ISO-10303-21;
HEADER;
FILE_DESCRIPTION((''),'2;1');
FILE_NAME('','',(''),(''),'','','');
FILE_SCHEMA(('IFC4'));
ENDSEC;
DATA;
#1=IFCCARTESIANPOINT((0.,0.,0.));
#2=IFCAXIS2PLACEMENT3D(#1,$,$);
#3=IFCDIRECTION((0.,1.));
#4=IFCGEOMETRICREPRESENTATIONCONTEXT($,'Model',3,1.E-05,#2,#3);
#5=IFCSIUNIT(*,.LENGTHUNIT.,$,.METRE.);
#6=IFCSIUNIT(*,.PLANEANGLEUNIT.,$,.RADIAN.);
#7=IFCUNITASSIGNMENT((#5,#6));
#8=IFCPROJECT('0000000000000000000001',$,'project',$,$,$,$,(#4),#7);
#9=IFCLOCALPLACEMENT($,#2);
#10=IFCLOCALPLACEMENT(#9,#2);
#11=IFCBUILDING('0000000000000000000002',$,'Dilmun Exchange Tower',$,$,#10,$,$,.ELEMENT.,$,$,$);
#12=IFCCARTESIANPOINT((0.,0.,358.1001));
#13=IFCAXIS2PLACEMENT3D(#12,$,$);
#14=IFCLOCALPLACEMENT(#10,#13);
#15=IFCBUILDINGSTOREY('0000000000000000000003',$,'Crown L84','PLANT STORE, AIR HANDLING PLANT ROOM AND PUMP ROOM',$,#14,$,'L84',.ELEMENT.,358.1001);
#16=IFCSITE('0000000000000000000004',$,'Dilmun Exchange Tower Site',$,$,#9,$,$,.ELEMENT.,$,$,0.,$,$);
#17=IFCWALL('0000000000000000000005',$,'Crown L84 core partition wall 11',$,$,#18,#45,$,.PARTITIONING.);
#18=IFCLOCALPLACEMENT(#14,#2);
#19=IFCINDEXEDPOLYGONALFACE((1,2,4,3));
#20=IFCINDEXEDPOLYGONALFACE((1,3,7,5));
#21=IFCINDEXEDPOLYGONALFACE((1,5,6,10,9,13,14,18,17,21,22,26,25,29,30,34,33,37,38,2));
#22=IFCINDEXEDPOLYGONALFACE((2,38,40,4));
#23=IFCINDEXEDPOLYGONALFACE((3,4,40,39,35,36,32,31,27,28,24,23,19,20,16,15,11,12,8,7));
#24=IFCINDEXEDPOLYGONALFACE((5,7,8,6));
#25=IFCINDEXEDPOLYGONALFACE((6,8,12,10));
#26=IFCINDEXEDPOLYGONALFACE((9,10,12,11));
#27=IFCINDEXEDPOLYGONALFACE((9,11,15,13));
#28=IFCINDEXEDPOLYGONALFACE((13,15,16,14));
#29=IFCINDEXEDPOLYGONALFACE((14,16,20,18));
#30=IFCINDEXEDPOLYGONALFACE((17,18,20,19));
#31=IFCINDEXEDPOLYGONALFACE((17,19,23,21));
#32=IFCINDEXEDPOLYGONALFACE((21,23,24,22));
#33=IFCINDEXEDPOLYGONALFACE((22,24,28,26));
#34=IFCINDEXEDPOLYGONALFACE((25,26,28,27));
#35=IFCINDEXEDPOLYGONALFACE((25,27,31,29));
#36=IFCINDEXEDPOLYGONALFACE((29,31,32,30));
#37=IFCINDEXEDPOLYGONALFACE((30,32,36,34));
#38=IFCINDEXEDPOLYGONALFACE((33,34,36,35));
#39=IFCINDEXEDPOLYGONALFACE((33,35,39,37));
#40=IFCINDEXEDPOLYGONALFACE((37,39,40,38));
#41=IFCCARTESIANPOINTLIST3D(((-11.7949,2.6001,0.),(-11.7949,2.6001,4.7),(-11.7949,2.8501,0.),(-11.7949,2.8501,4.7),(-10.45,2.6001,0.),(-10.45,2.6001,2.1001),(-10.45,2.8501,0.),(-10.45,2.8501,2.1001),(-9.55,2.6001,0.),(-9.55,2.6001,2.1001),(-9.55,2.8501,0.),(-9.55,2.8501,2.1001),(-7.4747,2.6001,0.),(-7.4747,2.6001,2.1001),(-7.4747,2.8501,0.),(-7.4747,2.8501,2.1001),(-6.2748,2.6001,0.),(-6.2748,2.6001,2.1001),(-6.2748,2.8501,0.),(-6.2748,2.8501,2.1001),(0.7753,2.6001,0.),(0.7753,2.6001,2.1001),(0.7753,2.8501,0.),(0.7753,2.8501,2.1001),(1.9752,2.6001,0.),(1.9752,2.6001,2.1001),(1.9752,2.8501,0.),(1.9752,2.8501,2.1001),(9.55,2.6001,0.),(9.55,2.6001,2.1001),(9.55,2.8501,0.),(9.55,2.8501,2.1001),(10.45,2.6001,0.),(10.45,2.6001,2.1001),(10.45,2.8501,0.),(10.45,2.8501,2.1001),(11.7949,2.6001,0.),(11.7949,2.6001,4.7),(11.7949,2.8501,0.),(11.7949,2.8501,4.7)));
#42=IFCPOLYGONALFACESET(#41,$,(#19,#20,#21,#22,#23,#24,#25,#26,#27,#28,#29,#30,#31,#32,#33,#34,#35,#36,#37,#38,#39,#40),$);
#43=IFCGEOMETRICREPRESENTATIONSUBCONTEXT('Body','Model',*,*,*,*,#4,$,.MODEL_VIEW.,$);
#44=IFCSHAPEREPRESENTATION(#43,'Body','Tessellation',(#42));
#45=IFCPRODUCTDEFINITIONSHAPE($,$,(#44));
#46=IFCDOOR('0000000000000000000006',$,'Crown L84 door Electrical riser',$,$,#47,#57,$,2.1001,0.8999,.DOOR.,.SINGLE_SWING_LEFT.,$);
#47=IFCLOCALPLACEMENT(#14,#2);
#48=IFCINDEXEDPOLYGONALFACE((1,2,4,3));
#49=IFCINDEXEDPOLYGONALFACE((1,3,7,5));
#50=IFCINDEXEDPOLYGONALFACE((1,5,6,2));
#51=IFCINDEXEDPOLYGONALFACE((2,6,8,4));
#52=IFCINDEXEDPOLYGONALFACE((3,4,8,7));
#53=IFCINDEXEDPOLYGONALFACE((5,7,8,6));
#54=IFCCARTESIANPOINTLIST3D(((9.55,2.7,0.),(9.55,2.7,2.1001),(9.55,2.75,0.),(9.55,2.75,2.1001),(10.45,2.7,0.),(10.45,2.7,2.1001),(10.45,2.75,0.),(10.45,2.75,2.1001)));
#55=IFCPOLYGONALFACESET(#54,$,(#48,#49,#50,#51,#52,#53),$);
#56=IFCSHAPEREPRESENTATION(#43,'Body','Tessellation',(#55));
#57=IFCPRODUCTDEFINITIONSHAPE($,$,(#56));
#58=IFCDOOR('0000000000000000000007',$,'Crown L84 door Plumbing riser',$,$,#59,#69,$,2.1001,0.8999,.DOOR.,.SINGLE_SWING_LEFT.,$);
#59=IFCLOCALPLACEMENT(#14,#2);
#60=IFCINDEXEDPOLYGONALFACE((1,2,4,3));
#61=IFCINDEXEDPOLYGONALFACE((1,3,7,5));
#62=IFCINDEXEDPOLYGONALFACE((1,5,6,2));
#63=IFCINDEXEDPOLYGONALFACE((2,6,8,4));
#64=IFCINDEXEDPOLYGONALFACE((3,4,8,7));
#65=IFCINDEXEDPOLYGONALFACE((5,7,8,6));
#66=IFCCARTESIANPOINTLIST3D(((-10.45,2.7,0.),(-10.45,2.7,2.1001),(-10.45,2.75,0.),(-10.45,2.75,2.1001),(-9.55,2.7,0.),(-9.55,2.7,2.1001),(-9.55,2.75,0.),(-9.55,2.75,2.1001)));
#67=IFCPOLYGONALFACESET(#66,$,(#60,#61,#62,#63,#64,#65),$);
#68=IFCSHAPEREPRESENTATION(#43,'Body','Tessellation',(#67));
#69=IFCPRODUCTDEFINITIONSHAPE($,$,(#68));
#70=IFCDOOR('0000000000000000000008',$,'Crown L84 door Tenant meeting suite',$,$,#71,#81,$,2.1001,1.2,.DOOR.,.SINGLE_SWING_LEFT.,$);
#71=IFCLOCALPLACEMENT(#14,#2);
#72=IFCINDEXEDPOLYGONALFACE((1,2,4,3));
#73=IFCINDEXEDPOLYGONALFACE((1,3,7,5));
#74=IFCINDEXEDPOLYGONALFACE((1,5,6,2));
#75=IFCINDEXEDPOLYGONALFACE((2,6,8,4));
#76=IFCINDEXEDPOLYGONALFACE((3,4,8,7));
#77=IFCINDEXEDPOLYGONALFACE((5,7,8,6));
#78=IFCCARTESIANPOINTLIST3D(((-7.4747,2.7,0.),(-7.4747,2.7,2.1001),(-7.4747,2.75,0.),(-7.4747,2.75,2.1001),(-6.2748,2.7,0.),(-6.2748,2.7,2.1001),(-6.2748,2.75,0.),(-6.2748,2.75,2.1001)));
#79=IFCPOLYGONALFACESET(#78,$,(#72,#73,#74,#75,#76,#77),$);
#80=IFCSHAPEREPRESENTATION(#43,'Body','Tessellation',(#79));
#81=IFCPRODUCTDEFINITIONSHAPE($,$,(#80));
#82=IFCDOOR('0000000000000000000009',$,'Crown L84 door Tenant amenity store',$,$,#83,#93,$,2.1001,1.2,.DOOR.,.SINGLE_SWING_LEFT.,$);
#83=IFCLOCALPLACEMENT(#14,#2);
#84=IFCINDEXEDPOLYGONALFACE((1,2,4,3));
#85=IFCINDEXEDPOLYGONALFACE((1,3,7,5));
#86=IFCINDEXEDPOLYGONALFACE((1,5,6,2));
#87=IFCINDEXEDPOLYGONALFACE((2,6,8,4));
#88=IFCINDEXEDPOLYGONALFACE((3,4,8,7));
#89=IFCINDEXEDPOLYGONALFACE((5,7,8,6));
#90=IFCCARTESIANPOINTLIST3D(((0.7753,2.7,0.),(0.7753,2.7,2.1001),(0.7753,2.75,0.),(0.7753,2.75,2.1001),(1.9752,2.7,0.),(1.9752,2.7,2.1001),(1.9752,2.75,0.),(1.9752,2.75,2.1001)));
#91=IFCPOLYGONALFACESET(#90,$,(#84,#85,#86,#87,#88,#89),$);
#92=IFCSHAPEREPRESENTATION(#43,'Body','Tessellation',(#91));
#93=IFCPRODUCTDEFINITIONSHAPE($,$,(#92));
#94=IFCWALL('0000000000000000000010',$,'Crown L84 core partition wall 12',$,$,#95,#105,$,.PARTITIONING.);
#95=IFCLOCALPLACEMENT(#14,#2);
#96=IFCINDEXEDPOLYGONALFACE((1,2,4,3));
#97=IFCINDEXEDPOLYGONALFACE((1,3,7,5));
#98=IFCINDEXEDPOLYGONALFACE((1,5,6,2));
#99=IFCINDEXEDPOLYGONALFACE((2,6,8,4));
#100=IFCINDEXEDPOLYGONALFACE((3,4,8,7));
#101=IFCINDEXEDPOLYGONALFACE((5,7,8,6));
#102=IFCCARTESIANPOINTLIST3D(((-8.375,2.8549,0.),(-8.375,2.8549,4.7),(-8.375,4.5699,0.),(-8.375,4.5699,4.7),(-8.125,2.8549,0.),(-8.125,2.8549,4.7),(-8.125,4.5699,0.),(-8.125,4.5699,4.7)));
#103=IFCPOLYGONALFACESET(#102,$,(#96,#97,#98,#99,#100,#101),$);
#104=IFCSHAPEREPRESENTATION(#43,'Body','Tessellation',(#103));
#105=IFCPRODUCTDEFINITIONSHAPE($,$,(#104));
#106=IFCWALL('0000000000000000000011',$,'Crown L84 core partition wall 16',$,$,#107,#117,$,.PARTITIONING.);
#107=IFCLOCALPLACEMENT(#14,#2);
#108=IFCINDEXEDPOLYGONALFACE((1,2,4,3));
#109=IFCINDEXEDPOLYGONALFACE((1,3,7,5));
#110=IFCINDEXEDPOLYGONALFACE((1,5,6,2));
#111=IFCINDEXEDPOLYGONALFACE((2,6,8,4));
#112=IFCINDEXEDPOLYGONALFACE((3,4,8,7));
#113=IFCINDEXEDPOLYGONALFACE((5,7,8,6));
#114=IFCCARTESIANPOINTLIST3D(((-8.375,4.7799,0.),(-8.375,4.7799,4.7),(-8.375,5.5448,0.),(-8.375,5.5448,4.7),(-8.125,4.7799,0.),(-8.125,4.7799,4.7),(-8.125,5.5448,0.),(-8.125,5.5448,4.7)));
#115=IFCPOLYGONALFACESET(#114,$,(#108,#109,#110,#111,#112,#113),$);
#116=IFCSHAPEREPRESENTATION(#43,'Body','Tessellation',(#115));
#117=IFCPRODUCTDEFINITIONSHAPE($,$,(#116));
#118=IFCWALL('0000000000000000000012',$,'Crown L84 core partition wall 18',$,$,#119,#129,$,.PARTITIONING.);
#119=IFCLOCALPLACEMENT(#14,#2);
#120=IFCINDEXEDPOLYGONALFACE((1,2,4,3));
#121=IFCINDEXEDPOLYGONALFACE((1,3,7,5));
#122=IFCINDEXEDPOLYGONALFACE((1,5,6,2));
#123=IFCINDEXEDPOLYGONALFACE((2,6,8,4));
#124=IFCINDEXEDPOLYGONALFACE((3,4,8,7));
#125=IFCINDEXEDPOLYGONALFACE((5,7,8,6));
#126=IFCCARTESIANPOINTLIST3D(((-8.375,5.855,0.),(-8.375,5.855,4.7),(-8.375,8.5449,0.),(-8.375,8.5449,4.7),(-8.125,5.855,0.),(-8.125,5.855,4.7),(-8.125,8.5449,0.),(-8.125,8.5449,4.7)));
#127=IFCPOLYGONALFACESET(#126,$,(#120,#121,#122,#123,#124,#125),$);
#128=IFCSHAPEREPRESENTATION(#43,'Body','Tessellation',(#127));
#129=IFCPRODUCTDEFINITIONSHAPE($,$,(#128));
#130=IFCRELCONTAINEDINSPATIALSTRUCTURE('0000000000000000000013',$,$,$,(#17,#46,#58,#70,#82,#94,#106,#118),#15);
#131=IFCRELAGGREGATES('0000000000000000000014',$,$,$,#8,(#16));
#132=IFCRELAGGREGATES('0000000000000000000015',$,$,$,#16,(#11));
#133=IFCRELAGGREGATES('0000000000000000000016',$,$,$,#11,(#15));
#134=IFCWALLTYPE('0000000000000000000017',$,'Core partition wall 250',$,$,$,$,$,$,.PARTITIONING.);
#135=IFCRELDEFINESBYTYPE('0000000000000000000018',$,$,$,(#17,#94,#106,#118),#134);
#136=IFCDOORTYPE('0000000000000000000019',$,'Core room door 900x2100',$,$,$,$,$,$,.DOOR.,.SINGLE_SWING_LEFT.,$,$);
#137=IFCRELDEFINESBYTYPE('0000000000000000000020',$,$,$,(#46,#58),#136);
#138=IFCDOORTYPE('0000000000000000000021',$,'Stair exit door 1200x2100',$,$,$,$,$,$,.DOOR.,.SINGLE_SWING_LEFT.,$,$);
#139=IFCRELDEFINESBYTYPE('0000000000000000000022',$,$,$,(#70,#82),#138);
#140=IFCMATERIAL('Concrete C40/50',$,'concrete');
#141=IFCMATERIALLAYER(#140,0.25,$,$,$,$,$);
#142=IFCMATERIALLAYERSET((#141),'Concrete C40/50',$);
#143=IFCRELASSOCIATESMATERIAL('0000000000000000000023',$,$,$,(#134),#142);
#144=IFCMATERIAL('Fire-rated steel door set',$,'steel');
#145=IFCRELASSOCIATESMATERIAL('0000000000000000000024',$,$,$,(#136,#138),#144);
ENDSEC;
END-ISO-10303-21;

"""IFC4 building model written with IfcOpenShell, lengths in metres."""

from ifc_helpers import new_model, si_unit, direction, frame, frame_2d, origin, place, context, subcontext, project, spatial, rectangle, extrude, material, layer, layer_set, type_object, element, fill, save


model = new_model("IFC4")

# Units and contexts
model_context = context("Model", 3, precision=1e-05, world=origin(), true_north=direction((0.0, 1.0)))
body_context = subcontext(model_context, "Body", "Model", "MODEL_VIEW")
ifc_project = project(units=[si_unit("LENGTHUNIT", "METRE"), si_unit("PLANEANGLEUNIT", "RADIAN")], contexts=[model_context])

# Site, building, storey
site_placement = place(None, origin())
site = spatial("IfcSite", under=ifc_project, at=site_placement, Name="Dilmun Exchange Tower Site", CompositionType="ELEMENT", RefElevation=0.0)
building_placement = place(site_placement, origin())
building = spatial("IfcBuilding", under=site, at=building_placement, Name="Dilmun Exchange Tower", CompositionType="ELEMENT")
storey_placement = place(building_placement, frame((0.0, 0.0, 358.1001)))
storey = spatial("IfcBuildingStorey", under=building, at=storey_placement, Name="Crown L84", Description="PLANT STORE, AIR HANDLING PLANT ROOM AND PUMP ROOM", LongName="L84", CompositionType="ELEMENT", Elevation=358.1001)

# Shared definitions
ifc_material_1 = material(Name="Concrete C40/50", Category="concrete")

# Wall, openings, doors
ifc_layer_1 = layer(ifc_material_1, 0.25)
ifc_layer_set_1 = layer_set([ifc_layer_1], Name="Concrete C40/50")
wall_type_1 = type_object("IfcWallType", Name="Core partition wall 250", PredefinedType="PARTITIONING", material=ifc_layer_set_1)
ifc_material_2 = material(Name="Fire-rated steel door set", Category="steel")
wall_1_placement = place(storey_placement, frame((-11.7949, 2.7251, 0.0), z_axis=(0.0, 0.0, 1.0), x_axis=(1.0, 0.0, 0.0)))
wall_1 = element("IfcWall", 1, at=wall_1_placement, inside=storey, type_object=wall_type_1, Name="Crown L84 core partition wall 11", PredefinedType="PARTITIONING", context=body_context, shape_type="SweptSolid", body=[
    extrude(rectangle(XDim=23.5898, YDim=0.25, at=frame_2d((11.7949, 0.0))), origin(), (0.0, 0.0, 1.0), 4.7),
])
opening_1_placement = place(wall_1_placement, frame((21.345, 0.0, 0.0)))
opening_1 = element("IfcOpeningElement", 2, at=opening_1_placement, cuts=wall_1, PredefinedType="OPENING", context=body_context, shape_type="SweptSolid", body=[
    extrude(rectangle(XDim=0.8999, YDim=2.1001, at=frame_2d((0.45, 1.05))), frame((0.0, 0.135, 0.0), z_axis=(0.0, -1.0, 0.0), x_axis=(1.0, 0.0, 0.0)), (0.0, 0.0, 1.0), 0.27),
])
opening_2_placement = place(wall_1_placement, frame((1.345, 0.0, 0.0)))
opening_2 = element("IfcOpeningElement", 3, at=opening_2_placement, cuts=wall_1, PredefinedType="OPENING", context=body_context, shape_type="SweptSolid", body=[
    extrude(rectangle(XDim=0.8999, YDim=2.1001, at=frame_2d((0.45, 1.05))), frame((0.0, 0.135, 0.0), z_axis=(0.0, -1.0, 0.0), x_axis=(1.0, 0.0, 0.0)), (0.0, 0.0, 1.0), 0.27),
])
opening_3_placement = place(wall_1_placement, frame((4.3201, 0.0, 0.0)))
opening_3 = element("IfcOpeningElement", 4, at=opening_3_placement, cuts=wall_1, PredefinedType="OPENING", context=body_context, shape_type="SweptSolid", body=[
    extrude(rectangle(XDim=1.2, YDim=2.1001, at=frame_2d((0.6001, 1.05))), frame((0.0, 0.135, 0.0), z_axis=(0.0, -1.0, 0.0), x_axis=(1.0, 0.0, 0.0)), (0.0, 0.0, 1.0), 0.27),
])
opening_4_placement = place(wall_1_placement, frame((12.5701, 0.0, 0.0)))
opening_4 = element("IfcOpeningElement", 5, at=opening_4_placement, cuts=wall_1, PredefinedType="OPENING", context=body_context, shape_type="SweptSolid", body=[
    extrude(rectangle(XDim=1.2, YDim=2.1001, at=frame_2d((0.6001, 1.05))), frame((0.0, 0.135, 0.0), z_axis=(0.0, -1.0, 0.0), x_axis=(1.0, 0.0, 0.0)), (0.0, 0.0, 1.0), 0.27),
])
door_type_1 = type_object("IfcDoorType", Name="Core room door 900x2100", OperationType="SINGLE_SWING_LEFT", PredefinedType="DOOR", material=ifc_material_2)
door_1_placement = place(opening_1_placement, origin())
door_1 = element("IfcDoor", 6, at=door_1_placement, inside=storey, type_object=door_type_1, Name="Crown L84 door Electrical riser", OperationType="SINGLE_SWING_LEFT", OverallHeight=2.1001, OverallWidth=0.8999, PredefinedType="DOOR", context=body_context, shape_type="SweptSolid", body=[
    extrude(rectangle(XDim=0.8999, YDim=2.1001, at=frame_2d((0.45, 1.05))), frame((0.0, 0.0249, 0.0), z_axis=(0.0, -1.0, 0.0), x_axis=(1.0, 0.0, 0.0)), (0.0, 0.0, 1.0), 0.05),
])
fill(opening_1, door_1)
door_2_placement = place(opening_2_placement, origin())
door_2 = element("IfcDoor", 7, at=door_2_placement, inside=storey, type_object=door_type_1, Name="Crown L84 door Plumbing riser", OperationType="SINGLE_SWING_LEFT", OverallHeight=2.1001, OverallWidth=0.8999, PredefinedType="DOOR", context=body_context, shape_type="SweptSolid", body=[
    extrude(rectangle(XDim=0.8999, YDim=2.1001, at=frame_2d((0.45, 1.05))), frame((0.0, 0.0249, 0.0), z_axis=(0.0, -1.0, 0.0), x_axis=(1.0, 0.0, 0.0)), (0.0, 0.0, 1.0), 0.05),
])
fill(opening_2, door_2)
door_type_2 = type_object("IfcDoorType", Name="Stair exit door 1200x2100", OperationType="SINGLE_SWING_LEFT", PredefinedType="DOOR", material=ifc_material_2)
door_3_placement = place(opening_3_placement, origin())
door_3 = element("IfcDoor", 8, at=door_3_placement, inside=storey, type_object=door_type_2, Name="Crown L84 door Tenant meeting suite", OperationType="SINGLE_SWING_LEFT", OverallHeight=2.1001, OverallWidth=1.2, PredefinedType="DOOR", context=body_context, shape_type="SweptSolid", body=[
    extrude(rectangle(XDim=1.2, YDim=2.1001, at=frame_2d((0.6001, 1.05))), frame((0.0, 0.0249, 0.0), z_axis=(0.0, -1.0, 0.0), x_axis=(1.0, 0.0, 0.0)), (0.0, 0.0, 1.0), 0.05),
])
fill(opening_3, door_3)
door_4_placement = place(opening_4_placement, origin())
door_4 = element("IfcDoor", 9, at=door_4_placement, inside=storey, type_object=door_type_2, Name="Crown L84 door Tenant amenity store", OperationType="SINGLE_SWING_LEFT", OverallHeight=2.1001, OverallWidth=1.2, PredefinedType="DOOR", context=body_context, shape_type="SweptSolid", body=[
    extrude(rectangle(XDim=1.2, YDim=2.1001, at=frame_2d((0.6001, 1.05))), frame((0.0, 0.0249, 0.0), z_axis=(0.0, -1.0, 0.0), x_axis=(1.0, 0.0, 0.0)), (0.0, 0.0, 1.0), 0.05),
])
fill(opening_4, door_4)

# Walls
wall_2_placement = place(storey_placement, frame((-8.25, 2.855, 0.0), z_axis=(0.0, 0.0, 1.0), x_axis=(0.0, 1.0, 0.0)))
element("IfcWall", 10, at=wall_2_placement, inside=storey, type_object=wall_type_1, Name="Crown L84 core partition wall 12", PredefinedType="PARTITIONING", context=body_context, shape_type="SweptSolid", body=[
    extrude(rectangle(XDim=1.7151, YDim=0.25, at=frame_2d((0.8574, 0.0))), origin(), (0.0, 0.0, 1.0), 4.7),
])
wall_3_placement = place(storey_placement, frame((-8.25, 4.78, 0.0), z_axis=(0.0, 0.0, 1.0), x_axis=(0.0, 1.0, 0.0)))
element("IfcWall", 11, at=wall_3_placement, inside=storey, type_object=wall_type_1, Name="Crown L84 core partition wall 16", PredefinedType="PARTITIONING", context=body_context, shape_type="SweptSolid", body=[
    extrude(rectangle(XDim=0.7649, YDim=0.25, at=frame_2d((0.3823, 0.0))), origin(), (0.0, 0.0, 1.0), 4.7),
])
wall_4_placement = place(storey_placement, frame((-8.25, 5.855, 0.0), z_axis=(0.0, 0.0, 1.0), x_axis=(0.0, 1.0, 0.0)))
element("IfcWall", 12, at=wall_4_placement, inside=storey, type_object=wall_type_1, Name="Crown L84 core partition wall 18", PredefinedType="PARTITIONING", context=body_context, shape_type="SweptSolid", body=[
    extrude(rectangle(XDim=2.6899, YDim=0.25, at=frame_2d((1.345, 0.0))), origin(), (0.0, 0.0, 1.0), 4.7),
])

save(model, "model.ifc")
